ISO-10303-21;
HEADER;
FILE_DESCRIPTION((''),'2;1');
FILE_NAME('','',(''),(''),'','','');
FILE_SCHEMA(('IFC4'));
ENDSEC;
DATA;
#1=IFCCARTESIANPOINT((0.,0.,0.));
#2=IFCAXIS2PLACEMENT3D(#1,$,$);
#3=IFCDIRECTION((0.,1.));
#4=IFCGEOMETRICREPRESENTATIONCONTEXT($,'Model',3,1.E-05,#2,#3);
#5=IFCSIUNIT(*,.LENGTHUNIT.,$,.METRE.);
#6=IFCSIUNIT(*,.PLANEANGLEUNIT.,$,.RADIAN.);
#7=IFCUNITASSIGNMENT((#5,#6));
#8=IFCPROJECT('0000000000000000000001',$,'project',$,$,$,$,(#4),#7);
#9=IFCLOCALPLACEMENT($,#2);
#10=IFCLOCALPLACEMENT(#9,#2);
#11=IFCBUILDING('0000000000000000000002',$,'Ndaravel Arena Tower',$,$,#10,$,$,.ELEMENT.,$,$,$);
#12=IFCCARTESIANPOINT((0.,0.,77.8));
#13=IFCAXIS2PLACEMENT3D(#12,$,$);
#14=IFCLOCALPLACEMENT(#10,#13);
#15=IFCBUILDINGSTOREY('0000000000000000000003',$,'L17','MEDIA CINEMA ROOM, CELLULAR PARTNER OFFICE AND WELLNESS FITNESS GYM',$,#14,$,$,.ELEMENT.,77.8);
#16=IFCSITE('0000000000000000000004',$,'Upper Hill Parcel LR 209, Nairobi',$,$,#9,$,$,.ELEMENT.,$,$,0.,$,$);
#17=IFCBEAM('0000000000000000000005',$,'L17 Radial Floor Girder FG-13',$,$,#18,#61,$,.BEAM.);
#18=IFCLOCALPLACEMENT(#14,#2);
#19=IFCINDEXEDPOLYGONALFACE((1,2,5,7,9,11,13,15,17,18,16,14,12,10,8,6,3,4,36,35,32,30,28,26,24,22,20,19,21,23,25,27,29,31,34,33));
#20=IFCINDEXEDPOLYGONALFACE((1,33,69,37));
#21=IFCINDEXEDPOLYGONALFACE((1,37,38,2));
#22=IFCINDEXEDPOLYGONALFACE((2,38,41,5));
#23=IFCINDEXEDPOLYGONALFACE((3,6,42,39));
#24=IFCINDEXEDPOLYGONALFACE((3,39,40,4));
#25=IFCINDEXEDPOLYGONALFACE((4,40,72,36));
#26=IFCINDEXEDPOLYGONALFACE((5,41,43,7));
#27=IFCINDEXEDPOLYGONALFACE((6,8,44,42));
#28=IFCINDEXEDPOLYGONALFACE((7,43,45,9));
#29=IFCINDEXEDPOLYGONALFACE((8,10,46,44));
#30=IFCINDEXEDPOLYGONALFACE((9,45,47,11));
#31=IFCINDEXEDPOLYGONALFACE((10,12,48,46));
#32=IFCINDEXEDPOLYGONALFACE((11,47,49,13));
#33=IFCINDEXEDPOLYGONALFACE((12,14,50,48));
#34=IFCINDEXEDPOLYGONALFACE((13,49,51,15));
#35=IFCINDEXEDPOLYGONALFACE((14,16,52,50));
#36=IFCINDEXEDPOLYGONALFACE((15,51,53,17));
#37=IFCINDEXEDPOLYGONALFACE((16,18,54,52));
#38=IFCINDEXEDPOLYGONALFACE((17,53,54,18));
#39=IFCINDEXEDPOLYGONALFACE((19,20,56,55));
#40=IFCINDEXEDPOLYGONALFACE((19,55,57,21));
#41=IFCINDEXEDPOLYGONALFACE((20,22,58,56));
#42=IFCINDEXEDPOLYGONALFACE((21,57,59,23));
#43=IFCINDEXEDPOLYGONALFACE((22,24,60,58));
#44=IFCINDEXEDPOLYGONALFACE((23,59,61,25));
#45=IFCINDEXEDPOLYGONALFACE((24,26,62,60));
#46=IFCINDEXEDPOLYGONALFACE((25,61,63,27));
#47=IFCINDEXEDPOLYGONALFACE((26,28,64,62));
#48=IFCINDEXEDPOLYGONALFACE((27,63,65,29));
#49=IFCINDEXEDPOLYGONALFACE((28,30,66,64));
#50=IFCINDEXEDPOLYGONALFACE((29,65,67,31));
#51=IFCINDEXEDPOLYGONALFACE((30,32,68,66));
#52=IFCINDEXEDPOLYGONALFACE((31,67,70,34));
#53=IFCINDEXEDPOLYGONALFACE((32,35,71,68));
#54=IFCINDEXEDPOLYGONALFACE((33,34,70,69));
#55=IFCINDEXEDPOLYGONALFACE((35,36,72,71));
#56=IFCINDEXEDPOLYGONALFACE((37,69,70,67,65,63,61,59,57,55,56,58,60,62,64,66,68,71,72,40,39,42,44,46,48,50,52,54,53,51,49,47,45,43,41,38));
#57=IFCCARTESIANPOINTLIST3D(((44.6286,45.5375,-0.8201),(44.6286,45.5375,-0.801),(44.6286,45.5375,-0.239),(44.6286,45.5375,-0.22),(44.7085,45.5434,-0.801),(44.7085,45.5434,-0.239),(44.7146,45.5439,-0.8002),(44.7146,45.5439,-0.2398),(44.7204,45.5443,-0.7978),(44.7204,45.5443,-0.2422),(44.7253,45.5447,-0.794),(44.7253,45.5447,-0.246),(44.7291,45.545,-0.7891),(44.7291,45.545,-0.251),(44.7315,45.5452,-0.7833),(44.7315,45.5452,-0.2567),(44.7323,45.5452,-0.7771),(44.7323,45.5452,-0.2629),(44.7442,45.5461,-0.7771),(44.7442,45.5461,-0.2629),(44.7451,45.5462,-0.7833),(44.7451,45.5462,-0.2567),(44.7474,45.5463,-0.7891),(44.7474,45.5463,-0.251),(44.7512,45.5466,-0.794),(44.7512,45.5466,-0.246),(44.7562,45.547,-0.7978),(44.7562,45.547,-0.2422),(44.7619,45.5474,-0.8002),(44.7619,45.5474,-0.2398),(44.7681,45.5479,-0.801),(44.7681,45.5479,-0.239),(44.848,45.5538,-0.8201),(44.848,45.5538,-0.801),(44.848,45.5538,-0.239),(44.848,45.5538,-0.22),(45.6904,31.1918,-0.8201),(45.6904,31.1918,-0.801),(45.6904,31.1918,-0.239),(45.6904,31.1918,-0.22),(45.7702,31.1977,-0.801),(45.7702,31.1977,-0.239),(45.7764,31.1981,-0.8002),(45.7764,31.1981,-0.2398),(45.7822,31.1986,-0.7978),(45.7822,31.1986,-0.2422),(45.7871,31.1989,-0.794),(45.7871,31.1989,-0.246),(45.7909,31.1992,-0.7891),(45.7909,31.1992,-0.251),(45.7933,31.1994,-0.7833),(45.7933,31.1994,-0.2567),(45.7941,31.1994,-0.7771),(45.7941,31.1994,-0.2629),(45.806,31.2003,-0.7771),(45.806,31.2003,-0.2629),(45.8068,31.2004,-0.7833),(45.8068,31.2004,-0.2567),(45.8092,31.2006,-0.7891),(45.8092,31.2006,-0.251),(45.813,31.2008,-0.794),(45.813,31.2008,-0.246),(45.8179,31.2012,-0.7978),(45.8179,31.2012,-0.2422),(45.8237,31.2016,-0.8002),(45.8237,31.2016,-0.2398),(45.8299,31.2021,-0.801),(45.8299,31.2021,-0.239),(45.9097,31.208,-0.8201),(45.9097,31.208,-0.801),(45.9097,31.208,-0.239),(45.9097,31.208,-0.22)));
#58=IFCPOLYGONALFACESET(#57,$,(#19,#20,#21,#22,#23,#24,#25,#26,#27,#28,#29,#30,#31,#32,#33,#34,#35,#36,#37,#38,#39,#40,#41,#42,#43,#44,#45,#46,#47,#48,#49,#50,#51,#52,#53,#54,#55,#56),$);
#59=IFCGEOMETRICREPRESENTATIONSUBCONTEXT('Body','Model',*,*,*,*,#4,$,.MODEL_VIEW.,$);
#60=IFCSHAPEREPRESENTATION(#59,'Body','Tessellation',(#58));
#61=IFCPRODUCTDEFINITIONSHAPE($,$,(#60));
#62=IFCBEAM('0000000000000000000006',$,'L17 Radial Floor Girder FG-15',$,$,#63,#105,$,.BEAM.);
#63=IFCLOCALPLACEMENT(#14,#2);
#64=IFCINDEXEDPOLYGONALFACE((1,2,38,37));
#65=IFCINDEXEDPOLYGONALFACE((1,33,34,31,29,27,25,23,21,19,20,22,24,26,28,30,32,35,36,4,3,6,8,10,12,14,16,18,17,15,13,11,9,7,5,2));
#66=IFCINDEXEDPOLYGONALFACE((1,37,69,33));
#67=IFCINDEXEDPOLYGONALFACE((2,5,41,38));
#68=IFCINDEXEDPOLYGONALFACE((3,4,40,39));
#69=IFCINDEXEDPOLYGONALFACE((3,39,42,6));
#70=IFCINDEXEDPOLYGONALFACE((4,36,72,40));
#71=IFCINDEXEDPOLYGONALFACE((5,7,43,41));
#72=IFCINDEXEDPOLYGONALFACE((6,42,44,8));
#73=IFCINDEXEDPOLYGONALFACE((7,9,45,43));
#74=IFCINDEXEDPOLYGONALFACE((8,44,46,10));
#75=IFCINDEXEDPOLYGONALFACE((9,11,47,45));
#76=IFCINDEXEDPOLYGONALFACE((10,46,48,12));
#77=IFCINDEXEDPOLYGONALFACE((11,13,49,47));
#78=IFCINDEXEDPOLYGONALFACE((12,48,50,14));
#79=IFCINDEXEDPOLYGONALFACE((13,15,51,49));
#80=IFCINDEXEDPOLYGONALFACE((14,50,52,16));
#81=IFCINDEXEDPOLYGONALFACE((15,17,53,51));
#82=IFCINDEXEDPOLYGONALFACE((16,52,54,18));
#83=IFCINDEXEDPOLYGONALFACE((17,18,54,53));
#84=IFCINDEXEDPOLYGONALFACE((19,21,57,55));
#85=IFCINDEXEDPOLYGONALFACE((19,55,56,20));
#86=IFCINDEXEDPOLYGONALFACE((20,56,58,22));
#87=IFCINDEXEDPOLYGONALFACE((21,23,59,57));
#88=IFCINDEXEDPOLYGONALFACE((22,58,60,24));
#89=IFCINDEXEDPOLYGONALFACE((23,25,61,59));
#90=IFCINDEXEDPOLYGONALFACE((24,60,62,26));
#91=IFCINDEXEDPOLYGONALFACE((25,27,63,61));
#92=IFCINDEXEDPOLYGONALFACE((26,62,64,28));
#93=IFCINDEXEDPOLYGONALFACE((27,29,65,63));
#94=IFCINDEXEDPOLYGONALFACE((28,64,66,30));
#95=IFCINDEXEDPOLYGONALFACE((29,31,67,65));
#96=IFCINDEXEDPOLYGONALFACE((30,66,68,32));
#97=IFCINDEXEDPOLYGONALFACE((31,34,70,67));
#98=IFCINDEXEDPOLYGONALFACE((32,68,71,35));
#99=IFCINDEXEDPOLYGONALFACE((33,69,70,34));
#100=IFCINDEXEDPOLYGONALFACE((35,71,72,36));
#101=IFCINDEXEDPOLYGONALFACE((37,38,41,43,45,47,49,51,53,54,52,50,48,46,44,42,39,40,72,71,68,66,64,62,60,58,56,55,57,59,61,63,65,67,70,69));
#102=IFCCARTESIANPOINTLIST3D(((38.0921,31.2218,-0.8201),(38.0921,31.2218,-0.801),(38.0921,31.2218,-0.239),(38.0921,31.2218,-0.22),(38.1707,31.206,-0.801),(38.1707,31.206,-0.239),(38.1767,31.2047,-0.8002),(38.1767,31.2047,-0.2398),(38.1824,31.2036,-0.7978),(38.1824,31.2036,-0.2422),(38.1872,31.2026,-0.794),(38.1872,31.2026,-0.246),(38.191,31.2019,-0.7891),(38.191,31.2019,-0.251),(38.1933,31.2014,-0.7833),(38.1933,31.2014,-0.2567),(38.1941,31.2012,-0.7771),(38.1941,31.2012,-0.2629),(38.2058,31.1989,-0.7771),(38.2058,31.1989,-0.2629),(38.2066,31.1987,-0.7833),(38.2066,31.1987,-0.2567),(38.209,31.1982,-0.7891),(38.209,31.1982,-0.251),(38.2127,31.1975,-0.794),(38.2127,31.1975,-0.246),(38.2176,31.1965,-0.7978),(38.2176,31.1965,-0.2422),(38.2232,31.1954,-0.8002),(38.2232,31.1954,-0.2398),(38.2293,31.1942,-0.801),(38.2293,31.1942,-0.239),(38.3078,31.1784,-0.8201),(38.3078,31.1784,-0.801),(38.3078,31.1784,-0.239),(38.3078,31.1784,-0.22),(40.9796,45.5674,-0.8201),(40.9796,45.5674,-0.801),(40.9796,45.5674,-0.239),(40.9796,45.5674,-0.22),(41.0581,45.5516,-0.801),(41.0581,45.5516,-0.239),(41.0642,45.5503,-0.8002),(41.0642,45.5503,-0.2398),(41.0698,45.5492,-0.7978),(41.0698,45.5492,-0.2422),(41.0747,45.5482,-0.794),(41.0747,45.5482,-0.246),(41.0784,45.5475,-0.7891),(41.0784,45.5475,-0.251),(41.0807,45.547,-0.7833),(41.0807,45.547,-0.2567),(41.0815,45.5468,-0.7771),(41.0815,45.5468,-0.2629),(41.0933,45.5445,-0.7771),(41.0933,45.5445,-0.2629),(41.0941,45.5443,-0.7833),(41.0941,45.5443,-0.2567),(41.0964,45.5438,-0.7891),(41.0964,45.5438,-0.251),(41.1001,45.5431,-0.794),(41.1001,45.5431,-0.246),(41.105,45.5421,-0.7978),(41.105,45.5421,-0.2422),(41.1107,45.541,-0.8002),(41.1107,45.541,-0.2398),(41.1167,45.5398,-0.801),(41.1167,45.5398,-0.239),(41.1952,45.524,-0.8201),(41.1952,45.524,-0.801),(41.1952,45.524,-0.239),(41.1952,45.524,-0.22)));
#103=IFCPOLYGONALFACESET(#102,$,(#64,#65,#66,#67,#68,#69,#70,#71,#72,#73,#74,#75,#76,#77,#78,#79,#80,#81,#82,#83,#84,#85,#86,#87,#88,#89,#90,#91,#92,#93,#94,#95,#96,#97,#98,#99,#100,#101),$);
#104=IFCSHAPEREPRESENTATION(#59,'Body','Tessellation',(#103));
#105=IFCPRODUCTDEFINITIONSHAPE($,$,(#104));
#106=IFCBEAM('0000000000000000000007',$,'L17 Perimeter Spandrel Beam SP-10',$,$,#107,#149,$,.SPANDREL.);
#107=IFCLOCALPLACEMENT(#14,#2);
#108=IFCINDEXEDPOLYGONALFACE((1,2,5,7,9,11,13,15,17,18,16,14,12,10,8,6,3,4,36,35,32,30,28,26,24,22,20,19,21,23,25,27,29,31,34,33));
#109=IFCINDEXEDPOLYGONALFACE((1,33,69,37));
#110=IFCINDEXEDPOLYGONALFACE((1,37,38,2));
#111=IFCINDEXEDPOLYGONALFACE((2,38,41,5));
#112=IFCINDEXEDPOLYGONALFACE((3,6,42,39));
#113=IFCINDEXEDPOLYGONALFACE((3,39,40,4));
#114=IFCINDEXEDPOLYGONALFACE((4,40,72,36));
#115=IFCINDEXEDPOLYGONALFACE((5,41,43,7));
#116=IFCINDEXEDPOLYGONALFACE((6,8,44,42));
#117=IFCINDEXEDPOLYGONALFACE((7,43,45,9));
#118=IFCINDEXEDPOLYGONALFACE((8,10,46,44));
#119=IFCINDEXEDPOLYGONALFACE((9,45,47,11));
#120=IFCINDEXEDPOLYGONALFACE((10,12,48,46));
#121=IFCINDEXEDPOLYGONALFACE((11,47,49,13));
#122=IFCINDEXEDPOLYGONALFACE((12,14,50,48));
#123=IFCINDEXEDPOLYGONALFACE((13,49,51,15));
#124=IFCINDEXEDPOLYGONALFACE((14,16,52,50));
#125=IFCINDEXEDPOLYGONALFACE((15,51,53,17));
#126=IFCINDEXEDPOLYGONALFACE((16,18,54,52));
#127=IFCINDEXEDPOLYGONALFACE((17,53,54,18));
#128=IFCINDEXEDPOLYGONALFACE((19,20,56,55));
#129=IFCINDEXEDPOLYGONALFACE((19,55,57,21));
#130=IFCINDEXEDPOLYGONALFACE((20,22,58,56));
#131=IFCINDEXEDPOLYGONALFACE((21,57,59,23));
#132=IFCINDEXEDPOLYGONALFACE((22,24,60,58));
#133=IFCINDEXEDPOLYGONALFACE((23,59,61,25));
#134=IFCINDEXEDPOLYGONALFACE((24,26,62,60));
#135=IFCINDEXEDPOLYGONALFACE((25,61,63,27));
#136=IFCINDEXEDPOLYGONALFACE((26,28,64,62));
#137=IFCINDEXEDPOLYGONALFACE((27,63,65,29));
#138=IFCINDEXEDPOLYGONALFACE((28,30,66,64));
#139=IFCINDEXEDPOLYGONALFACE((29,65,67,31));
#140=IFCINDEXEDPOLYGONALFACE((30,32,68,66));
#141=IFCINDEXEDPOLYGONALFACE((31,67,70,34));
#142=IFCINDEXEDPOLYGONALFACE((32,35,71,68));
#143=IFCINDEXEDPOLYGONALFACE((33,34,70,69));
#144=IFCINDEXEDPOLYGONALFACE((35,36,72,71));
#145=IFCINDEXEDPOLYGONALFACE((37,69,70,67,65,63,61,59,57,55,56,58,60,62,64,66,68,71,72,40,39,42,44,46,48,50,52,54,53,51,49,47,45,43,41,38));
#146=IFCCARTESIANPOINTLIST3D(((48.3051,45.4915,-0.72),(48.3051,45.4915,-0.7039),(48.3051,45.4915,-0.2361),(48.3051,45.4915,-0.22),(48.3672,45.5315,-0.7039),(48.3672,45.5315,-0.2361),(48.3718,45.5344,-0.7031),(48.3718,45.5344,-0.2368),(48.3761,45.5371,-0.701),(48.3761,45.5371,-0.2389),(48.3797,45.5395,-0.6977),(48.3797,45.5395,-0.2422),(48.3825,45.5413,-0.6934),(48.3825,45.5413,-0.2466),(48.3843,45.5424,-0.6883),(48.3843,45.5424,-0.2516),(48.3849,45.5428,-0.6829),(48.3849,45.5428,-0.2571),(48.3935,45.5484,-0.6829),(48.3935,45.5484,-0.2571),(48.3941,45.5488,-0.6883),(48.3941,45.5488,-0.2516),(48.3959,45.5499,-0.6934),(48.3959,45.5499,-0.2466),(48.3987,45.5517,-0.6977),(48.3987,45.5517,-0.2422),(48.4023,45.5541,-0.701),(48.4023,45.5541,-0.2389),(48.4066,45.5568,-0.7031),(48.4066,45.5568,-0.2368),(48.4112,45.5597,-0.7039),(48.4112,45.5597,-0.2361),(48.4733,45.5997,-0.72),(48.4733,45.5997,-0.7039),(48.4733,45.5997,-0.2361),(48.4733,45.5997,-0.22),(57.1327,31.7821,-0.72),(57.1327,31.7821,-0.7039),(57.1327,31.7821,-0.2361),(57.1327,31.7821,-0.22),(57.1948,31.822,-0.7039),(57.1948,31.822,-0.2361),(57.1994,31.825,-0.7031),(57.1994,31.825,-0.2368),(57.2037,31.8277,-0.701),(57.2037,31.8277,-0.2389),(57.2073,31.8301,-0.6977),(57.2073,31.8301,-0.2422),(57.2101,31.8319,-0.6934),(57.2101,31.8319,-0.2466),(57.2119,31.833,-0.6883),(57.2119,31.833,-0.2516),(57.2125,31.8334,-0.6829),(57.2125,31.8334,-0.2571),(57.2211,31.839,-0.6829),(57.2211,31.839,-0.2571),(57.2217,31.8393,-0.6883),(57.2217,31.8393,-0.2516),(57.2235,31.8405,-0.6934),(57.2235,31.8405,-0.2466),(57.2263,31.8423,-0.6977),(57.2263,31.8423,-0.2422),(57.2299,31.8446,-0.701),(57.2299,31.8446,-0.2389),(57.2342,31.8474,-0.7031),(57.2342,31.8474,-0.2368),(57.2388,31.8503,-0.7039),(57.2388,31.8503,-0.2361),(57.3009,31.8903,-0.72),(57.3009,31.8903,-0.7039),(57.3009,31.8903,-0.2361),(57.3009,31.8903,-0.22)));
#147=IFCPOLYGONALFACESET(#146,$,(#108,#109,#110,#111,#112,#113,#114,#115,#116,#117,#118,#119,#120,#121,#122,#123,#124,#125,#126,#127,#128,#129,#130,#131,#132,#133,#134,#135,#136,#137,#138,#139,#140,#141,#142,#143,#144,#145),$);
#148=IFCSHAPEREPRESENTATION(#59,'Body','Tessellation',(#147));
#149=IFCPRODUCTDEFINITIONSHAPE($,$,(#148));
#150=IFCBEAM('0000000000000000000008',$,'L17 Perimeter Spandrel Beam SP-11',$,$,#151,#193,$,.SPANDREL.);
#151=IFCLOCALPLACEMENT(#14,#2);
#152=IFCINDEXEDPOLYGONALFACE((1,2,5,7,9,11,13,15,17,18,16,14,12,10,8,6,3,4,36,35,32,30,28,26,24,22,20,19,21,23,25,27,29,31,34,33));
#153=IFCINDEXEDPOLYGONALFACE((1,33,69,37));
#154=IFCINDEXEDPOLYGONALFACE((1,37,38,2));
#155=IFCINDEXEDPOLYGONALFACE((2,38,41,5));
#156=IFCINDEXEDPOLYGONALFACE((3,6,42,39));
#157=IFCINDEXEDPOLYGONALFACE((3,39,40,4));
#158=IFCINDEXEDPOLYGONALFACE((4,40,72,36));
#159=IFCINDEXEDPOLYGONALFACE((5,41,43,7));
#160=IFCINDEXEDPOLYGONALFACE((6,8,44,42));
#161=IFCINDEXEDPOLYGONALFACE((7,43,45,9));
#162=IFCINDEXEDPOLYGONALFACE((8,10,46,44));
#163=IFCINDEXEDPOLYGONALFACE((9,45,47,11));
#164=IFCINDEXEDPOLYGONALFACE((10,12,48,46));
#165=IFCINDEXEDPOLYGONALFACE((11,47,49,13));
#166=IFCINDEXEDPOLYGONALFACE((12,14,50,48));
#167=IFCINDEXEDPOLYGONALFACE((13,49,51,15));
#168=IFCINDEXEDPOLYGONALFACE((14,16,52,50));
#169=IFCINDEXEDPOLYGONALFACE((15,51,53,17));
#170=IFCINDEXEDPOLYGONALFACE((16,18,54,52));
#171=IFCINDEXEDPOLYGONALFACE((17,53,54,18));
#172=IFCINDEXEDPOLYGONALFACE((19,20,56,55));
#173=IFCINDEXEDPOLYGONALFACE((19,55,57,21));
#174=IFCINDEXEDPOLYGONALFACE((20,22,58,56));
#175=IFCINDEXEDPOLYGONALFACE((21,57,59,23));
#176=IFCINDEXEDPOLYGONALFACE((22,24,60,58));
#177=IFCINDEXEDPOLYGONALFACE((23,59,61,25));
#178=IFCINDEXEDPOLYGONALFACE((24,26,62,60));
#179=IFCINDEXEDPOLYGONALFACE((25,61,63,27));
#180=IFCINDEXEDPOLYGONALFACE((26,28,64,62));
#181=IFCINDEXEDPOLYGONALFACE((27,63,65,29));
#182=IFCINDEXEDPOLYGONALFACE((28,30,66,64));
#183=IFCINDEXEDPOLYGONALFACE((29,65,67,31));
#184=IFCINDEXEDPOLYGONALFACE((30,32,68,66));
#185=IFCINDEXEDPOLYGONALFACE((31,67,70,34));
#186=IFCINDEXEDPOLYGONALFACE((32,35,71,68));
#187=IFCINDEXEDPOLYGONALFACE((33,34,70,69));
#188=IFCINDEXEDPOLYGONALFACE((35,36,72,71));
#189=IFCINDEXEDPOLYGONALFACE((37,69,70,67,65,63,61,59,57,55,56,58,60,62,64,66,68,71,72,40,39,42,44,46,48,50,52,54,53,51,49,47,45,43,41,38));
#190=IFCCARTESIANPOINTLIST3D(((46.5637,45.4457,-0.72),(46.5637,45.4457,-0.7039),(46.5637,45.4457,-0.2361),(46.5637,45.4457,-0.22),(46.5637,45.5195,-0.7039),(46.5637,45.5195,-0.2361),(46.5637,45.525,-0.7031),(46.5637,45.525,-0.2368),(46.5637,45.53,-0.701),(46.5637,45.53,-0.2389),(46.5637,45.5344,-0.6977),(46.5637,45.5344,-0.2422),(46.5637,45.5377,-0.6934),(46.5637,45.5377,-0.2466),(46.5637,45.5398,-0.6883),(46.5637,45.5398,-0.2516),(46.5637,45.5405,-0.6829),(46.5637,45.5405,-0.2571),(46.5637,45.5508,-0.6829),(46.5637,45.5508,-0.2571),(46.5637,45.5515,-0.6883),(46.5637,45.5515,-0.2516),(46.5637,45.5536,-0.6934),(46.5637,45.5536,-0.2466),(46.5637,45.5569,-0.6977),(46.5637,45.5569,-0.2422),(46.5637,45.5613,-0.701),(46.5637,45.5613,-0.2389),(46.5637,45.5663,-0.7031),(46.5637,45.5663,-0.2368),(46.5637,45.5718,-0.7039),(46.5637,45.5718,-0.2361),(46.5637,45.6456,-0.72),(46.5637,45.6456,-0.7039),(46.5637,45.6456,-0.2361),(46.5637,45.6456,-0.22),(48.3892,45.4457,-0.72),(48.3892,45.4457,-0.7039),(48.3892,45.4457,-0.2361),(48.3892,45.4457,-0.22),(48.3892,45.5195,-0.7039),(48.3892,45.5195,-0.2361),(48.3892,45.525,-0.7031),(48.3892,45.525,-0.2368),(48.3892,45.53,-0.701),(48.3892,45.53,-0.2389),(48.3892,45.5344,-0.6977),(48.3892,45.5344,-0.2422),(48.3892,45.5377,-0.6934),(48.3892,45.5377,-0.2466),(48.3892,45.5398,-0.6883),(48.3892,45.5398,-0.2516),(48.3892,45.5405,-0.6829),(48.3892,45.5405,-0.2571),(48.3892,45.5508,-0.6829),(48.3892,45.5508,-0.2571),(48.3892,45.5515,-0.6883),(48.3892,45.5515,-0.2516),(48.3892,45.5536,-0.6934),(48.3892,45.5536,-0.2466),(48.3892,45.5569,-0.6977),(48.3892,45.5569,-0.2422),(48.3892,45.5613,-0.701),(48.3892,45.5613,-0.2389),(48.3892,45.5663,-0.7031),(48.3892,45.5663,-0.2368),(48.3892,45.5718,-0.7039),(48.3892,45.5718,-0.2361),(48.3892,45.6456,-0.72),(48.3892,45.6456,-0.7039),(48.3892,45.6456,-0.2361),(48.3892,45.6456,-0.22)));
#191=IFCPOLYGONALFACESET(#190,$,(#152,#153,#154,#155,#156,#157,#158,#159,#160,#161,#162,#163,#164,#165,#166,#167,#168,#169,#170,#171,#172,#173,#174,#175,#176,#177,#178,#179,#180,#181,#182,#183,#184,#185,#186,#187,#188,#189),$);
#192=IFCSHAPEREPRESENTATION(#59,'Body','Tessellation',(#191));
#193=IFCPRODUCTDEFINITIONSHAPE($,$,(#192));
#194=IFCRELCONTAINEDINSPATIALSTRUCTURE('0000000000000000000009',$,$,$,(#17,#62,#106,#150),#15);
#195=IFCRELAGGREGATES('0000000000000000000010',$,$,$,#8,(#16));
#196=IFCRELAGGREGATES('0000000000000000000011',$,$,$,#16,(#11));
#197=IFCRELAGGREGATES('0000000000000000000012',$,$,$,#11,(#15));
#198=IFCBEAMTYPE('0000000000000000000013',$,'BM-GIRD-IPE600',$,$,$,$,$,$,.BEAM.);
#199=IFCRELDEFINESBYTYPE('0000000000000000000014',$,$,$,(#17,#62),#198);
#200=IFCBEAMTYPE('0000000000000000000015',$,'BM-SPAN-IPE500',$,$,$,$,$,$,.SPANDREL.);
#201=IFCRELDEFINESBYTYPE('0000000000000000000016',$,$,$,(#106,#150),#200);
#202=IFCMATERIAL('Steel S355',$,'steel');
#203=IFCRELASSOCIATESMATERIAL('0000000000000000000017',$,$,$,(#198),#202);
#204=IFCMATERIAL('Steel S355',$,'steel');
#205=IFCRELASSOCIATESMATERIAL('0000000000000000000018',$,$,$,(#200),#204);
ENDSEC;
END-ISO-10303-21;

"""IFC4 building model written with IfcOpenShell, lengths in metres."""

from ifc_helpers import new_model, si_unit, direction, frame, origin, origin_2d, place, context, subcontext, project, spatial, i_section, extrude, material, material_profile, profile_set, type_object, element, save


model = new_model("IFC4")

# Units and contexts
model_context = context("Model", 3, precision=1e-05, world=origin(), true_north=direction((0.0, 1.0)))
body_context = subcontext(model_context, "Body", "Model", "MODEL_VIEW")
ifc_project = project(units=[si_unit("LENGTHUNIT", "METRE"), si_unit("PLANEANGLEUNIT", "RADIAN")], contexts=[model_context])

# Site, building, storey
site_placement = place(None, origin())
site = spatial("IfcSite", under=ifc_project, at=site_placement, Name="Upper Hill Parcel LR 209, Nairobi", CompositionType="ELEMENT", RefElevation=0.0)
building_placement = place(site_placement, origin())
building = spatial("IfcBuilding", under=site, at=building_placement, Name="Ndaravel Arena Tower", CompositionType="ELEMENT")
storey_placement = place(building_placement, frame((0.0, 0.0, 77.8)))
storey = spatial("IfcBuildingStorey", under=building, at=storey_placement, Name="L17", Description="MEDIA CINEMA ROOM, CELLULAR PARTNER OFFICE AND WELLNESS FITNESS GYM", CompositionType="ELEMENT", Elevation=77.8)

# Beams
ifc_material_1 = material(Name="Steel S355", Category="steel")
ifc_material_profile_1 = material_profile(ifc_material_1, i_section(OverallWidth=0.22, OverallDepth=0.6001, WebThickness=0.012, FlangeThickness=0.019, FilletRadius=0.0239, at=origin_2d()), Name="IPE 600")
ifc_profile_set_1 = profile_set([ifc_material_profile_1], Name="Steel S355")
beam_type_1 = type_object("IfcBeamType", Name="BM-GIRD-IPE600", PredefinedType="BEAM", material=ifc_profile_set_1)
beam_1_placement = place(storey_placement, frame((44.7383, 45.5457, -0.52), z_axis=(0.073811, -0.997272, 0.0), x_axis=(0.997272, 0.073811, 0.0)))
element("IfcBeam", 1, at=beam_1_placement, inside=storey, type_object=beam_type_1, Name="L17 Radial Floor Girder FG-13", PredefinedType="BEAM", context=body_context, shape_type="SweptSolid", body=[
    extrude(i_section(OverallWidth=0.22, OverallDepth=0.6001, WebThickness=0.012, FlangeThickness=0.019, FilletRadius=0.0239, at=origin_2d()), origin(), (0.0, 0.0, 1.0), 14.385),
])
beam_2_placement = place(storey_placement, frame((41.0874, 45.5457, -0.52), z_axis=(-0.197319, -0.980339, 0.0), x_axis=(0.980339, -0.197319, 0.0)))
element("IfcBeam", 2, at=beam_2_placement, inside=storey, type_object=beam_type_1, Name="L17 Radial Floor Girder FG-15", PredefinedType="BEAM", context=body_context, shape_type="SweptSolid", body=[
    extrude(i_section(OverallWidth=0.22, OverallDepth=0.6001, WebThickness=0.012, FlangeThickness=0.019, FilletRadius=0.0239, at=origin_2d()), origin(), (0.0, 0.0, 1.0), 14.6333),
])
ifc_material_2 = material(Name="Steel S355", Category="steel")
ifc_material_profile_2 = material_profile(ifc_material_2, i_section(OverallWidth=0.2, OverallDepth=0.5, WebThickness=0.0103, FlangeThickness=0.0161, FilletRadius=0.021, at=origin_2d()), Name="IPE 500")
ifc_profile_set_2 = profile_set([ifc_material_profile_2], Name="Steel S355")
beam_type_2 = type_object("IfcBeamType", Name="BM-SPAN-IPE500", PredefinedType="SPANDREL", material=ifc_profile_set_2)
beam_3_placement = place(storey_placement, frame((57.2168, 31.8362, -0.47), z_axis=(-0.541383, 0.840776, 0.0), x_axis=(-0.840776, -0.541383, 0.0)))
element("IfcBeam", 3, at=beam_3_placement, inside=storey, type_object=beam_type_2, Name="L17 Perimeter Spandrel Beam SP-10", PredefinedType="SPANDREL", context=body_context, shape_type="SweptSolid", body=[
    extrude(i_section(OverallWidth=0.2, OverallDepth=0.5, WebThickness=0.0103, FlangeThickness=0.0161, FilletRadius=0.021, at=origin_2d()), origin(), (0.0, 0.0, 1.0), 16.3057),
])
for number, where, z_axis, x_axis, name in (
    (4, (48.3892, 45.5457, -0.47), (-1.0, 0.0, 0.0), (0.0, -1.0, 0.0), "L17 Perimeter Spandrel Beam SP-11"),
):
    element("IfcBeam", number, at=place(storey_placement, frame(where, z_axis=z_axis, x_axis=x_axis)), inside=storey, type_object=beam_type_2, Name=name, PredefinedType="SPANDREL", context=body_context, shape_type="SweptSolid", body=[
        extrude(i_section(OverallWidth=0.2, OverallDepth=0.5, WebThickness=0.0103, FlangeThickness=0.0161, FilletRadius=0.021, at=origin_2d()), origin(), (0.0, 0.0, 1.0), 1.8254),
    ])

save(model, "model.ifc")
